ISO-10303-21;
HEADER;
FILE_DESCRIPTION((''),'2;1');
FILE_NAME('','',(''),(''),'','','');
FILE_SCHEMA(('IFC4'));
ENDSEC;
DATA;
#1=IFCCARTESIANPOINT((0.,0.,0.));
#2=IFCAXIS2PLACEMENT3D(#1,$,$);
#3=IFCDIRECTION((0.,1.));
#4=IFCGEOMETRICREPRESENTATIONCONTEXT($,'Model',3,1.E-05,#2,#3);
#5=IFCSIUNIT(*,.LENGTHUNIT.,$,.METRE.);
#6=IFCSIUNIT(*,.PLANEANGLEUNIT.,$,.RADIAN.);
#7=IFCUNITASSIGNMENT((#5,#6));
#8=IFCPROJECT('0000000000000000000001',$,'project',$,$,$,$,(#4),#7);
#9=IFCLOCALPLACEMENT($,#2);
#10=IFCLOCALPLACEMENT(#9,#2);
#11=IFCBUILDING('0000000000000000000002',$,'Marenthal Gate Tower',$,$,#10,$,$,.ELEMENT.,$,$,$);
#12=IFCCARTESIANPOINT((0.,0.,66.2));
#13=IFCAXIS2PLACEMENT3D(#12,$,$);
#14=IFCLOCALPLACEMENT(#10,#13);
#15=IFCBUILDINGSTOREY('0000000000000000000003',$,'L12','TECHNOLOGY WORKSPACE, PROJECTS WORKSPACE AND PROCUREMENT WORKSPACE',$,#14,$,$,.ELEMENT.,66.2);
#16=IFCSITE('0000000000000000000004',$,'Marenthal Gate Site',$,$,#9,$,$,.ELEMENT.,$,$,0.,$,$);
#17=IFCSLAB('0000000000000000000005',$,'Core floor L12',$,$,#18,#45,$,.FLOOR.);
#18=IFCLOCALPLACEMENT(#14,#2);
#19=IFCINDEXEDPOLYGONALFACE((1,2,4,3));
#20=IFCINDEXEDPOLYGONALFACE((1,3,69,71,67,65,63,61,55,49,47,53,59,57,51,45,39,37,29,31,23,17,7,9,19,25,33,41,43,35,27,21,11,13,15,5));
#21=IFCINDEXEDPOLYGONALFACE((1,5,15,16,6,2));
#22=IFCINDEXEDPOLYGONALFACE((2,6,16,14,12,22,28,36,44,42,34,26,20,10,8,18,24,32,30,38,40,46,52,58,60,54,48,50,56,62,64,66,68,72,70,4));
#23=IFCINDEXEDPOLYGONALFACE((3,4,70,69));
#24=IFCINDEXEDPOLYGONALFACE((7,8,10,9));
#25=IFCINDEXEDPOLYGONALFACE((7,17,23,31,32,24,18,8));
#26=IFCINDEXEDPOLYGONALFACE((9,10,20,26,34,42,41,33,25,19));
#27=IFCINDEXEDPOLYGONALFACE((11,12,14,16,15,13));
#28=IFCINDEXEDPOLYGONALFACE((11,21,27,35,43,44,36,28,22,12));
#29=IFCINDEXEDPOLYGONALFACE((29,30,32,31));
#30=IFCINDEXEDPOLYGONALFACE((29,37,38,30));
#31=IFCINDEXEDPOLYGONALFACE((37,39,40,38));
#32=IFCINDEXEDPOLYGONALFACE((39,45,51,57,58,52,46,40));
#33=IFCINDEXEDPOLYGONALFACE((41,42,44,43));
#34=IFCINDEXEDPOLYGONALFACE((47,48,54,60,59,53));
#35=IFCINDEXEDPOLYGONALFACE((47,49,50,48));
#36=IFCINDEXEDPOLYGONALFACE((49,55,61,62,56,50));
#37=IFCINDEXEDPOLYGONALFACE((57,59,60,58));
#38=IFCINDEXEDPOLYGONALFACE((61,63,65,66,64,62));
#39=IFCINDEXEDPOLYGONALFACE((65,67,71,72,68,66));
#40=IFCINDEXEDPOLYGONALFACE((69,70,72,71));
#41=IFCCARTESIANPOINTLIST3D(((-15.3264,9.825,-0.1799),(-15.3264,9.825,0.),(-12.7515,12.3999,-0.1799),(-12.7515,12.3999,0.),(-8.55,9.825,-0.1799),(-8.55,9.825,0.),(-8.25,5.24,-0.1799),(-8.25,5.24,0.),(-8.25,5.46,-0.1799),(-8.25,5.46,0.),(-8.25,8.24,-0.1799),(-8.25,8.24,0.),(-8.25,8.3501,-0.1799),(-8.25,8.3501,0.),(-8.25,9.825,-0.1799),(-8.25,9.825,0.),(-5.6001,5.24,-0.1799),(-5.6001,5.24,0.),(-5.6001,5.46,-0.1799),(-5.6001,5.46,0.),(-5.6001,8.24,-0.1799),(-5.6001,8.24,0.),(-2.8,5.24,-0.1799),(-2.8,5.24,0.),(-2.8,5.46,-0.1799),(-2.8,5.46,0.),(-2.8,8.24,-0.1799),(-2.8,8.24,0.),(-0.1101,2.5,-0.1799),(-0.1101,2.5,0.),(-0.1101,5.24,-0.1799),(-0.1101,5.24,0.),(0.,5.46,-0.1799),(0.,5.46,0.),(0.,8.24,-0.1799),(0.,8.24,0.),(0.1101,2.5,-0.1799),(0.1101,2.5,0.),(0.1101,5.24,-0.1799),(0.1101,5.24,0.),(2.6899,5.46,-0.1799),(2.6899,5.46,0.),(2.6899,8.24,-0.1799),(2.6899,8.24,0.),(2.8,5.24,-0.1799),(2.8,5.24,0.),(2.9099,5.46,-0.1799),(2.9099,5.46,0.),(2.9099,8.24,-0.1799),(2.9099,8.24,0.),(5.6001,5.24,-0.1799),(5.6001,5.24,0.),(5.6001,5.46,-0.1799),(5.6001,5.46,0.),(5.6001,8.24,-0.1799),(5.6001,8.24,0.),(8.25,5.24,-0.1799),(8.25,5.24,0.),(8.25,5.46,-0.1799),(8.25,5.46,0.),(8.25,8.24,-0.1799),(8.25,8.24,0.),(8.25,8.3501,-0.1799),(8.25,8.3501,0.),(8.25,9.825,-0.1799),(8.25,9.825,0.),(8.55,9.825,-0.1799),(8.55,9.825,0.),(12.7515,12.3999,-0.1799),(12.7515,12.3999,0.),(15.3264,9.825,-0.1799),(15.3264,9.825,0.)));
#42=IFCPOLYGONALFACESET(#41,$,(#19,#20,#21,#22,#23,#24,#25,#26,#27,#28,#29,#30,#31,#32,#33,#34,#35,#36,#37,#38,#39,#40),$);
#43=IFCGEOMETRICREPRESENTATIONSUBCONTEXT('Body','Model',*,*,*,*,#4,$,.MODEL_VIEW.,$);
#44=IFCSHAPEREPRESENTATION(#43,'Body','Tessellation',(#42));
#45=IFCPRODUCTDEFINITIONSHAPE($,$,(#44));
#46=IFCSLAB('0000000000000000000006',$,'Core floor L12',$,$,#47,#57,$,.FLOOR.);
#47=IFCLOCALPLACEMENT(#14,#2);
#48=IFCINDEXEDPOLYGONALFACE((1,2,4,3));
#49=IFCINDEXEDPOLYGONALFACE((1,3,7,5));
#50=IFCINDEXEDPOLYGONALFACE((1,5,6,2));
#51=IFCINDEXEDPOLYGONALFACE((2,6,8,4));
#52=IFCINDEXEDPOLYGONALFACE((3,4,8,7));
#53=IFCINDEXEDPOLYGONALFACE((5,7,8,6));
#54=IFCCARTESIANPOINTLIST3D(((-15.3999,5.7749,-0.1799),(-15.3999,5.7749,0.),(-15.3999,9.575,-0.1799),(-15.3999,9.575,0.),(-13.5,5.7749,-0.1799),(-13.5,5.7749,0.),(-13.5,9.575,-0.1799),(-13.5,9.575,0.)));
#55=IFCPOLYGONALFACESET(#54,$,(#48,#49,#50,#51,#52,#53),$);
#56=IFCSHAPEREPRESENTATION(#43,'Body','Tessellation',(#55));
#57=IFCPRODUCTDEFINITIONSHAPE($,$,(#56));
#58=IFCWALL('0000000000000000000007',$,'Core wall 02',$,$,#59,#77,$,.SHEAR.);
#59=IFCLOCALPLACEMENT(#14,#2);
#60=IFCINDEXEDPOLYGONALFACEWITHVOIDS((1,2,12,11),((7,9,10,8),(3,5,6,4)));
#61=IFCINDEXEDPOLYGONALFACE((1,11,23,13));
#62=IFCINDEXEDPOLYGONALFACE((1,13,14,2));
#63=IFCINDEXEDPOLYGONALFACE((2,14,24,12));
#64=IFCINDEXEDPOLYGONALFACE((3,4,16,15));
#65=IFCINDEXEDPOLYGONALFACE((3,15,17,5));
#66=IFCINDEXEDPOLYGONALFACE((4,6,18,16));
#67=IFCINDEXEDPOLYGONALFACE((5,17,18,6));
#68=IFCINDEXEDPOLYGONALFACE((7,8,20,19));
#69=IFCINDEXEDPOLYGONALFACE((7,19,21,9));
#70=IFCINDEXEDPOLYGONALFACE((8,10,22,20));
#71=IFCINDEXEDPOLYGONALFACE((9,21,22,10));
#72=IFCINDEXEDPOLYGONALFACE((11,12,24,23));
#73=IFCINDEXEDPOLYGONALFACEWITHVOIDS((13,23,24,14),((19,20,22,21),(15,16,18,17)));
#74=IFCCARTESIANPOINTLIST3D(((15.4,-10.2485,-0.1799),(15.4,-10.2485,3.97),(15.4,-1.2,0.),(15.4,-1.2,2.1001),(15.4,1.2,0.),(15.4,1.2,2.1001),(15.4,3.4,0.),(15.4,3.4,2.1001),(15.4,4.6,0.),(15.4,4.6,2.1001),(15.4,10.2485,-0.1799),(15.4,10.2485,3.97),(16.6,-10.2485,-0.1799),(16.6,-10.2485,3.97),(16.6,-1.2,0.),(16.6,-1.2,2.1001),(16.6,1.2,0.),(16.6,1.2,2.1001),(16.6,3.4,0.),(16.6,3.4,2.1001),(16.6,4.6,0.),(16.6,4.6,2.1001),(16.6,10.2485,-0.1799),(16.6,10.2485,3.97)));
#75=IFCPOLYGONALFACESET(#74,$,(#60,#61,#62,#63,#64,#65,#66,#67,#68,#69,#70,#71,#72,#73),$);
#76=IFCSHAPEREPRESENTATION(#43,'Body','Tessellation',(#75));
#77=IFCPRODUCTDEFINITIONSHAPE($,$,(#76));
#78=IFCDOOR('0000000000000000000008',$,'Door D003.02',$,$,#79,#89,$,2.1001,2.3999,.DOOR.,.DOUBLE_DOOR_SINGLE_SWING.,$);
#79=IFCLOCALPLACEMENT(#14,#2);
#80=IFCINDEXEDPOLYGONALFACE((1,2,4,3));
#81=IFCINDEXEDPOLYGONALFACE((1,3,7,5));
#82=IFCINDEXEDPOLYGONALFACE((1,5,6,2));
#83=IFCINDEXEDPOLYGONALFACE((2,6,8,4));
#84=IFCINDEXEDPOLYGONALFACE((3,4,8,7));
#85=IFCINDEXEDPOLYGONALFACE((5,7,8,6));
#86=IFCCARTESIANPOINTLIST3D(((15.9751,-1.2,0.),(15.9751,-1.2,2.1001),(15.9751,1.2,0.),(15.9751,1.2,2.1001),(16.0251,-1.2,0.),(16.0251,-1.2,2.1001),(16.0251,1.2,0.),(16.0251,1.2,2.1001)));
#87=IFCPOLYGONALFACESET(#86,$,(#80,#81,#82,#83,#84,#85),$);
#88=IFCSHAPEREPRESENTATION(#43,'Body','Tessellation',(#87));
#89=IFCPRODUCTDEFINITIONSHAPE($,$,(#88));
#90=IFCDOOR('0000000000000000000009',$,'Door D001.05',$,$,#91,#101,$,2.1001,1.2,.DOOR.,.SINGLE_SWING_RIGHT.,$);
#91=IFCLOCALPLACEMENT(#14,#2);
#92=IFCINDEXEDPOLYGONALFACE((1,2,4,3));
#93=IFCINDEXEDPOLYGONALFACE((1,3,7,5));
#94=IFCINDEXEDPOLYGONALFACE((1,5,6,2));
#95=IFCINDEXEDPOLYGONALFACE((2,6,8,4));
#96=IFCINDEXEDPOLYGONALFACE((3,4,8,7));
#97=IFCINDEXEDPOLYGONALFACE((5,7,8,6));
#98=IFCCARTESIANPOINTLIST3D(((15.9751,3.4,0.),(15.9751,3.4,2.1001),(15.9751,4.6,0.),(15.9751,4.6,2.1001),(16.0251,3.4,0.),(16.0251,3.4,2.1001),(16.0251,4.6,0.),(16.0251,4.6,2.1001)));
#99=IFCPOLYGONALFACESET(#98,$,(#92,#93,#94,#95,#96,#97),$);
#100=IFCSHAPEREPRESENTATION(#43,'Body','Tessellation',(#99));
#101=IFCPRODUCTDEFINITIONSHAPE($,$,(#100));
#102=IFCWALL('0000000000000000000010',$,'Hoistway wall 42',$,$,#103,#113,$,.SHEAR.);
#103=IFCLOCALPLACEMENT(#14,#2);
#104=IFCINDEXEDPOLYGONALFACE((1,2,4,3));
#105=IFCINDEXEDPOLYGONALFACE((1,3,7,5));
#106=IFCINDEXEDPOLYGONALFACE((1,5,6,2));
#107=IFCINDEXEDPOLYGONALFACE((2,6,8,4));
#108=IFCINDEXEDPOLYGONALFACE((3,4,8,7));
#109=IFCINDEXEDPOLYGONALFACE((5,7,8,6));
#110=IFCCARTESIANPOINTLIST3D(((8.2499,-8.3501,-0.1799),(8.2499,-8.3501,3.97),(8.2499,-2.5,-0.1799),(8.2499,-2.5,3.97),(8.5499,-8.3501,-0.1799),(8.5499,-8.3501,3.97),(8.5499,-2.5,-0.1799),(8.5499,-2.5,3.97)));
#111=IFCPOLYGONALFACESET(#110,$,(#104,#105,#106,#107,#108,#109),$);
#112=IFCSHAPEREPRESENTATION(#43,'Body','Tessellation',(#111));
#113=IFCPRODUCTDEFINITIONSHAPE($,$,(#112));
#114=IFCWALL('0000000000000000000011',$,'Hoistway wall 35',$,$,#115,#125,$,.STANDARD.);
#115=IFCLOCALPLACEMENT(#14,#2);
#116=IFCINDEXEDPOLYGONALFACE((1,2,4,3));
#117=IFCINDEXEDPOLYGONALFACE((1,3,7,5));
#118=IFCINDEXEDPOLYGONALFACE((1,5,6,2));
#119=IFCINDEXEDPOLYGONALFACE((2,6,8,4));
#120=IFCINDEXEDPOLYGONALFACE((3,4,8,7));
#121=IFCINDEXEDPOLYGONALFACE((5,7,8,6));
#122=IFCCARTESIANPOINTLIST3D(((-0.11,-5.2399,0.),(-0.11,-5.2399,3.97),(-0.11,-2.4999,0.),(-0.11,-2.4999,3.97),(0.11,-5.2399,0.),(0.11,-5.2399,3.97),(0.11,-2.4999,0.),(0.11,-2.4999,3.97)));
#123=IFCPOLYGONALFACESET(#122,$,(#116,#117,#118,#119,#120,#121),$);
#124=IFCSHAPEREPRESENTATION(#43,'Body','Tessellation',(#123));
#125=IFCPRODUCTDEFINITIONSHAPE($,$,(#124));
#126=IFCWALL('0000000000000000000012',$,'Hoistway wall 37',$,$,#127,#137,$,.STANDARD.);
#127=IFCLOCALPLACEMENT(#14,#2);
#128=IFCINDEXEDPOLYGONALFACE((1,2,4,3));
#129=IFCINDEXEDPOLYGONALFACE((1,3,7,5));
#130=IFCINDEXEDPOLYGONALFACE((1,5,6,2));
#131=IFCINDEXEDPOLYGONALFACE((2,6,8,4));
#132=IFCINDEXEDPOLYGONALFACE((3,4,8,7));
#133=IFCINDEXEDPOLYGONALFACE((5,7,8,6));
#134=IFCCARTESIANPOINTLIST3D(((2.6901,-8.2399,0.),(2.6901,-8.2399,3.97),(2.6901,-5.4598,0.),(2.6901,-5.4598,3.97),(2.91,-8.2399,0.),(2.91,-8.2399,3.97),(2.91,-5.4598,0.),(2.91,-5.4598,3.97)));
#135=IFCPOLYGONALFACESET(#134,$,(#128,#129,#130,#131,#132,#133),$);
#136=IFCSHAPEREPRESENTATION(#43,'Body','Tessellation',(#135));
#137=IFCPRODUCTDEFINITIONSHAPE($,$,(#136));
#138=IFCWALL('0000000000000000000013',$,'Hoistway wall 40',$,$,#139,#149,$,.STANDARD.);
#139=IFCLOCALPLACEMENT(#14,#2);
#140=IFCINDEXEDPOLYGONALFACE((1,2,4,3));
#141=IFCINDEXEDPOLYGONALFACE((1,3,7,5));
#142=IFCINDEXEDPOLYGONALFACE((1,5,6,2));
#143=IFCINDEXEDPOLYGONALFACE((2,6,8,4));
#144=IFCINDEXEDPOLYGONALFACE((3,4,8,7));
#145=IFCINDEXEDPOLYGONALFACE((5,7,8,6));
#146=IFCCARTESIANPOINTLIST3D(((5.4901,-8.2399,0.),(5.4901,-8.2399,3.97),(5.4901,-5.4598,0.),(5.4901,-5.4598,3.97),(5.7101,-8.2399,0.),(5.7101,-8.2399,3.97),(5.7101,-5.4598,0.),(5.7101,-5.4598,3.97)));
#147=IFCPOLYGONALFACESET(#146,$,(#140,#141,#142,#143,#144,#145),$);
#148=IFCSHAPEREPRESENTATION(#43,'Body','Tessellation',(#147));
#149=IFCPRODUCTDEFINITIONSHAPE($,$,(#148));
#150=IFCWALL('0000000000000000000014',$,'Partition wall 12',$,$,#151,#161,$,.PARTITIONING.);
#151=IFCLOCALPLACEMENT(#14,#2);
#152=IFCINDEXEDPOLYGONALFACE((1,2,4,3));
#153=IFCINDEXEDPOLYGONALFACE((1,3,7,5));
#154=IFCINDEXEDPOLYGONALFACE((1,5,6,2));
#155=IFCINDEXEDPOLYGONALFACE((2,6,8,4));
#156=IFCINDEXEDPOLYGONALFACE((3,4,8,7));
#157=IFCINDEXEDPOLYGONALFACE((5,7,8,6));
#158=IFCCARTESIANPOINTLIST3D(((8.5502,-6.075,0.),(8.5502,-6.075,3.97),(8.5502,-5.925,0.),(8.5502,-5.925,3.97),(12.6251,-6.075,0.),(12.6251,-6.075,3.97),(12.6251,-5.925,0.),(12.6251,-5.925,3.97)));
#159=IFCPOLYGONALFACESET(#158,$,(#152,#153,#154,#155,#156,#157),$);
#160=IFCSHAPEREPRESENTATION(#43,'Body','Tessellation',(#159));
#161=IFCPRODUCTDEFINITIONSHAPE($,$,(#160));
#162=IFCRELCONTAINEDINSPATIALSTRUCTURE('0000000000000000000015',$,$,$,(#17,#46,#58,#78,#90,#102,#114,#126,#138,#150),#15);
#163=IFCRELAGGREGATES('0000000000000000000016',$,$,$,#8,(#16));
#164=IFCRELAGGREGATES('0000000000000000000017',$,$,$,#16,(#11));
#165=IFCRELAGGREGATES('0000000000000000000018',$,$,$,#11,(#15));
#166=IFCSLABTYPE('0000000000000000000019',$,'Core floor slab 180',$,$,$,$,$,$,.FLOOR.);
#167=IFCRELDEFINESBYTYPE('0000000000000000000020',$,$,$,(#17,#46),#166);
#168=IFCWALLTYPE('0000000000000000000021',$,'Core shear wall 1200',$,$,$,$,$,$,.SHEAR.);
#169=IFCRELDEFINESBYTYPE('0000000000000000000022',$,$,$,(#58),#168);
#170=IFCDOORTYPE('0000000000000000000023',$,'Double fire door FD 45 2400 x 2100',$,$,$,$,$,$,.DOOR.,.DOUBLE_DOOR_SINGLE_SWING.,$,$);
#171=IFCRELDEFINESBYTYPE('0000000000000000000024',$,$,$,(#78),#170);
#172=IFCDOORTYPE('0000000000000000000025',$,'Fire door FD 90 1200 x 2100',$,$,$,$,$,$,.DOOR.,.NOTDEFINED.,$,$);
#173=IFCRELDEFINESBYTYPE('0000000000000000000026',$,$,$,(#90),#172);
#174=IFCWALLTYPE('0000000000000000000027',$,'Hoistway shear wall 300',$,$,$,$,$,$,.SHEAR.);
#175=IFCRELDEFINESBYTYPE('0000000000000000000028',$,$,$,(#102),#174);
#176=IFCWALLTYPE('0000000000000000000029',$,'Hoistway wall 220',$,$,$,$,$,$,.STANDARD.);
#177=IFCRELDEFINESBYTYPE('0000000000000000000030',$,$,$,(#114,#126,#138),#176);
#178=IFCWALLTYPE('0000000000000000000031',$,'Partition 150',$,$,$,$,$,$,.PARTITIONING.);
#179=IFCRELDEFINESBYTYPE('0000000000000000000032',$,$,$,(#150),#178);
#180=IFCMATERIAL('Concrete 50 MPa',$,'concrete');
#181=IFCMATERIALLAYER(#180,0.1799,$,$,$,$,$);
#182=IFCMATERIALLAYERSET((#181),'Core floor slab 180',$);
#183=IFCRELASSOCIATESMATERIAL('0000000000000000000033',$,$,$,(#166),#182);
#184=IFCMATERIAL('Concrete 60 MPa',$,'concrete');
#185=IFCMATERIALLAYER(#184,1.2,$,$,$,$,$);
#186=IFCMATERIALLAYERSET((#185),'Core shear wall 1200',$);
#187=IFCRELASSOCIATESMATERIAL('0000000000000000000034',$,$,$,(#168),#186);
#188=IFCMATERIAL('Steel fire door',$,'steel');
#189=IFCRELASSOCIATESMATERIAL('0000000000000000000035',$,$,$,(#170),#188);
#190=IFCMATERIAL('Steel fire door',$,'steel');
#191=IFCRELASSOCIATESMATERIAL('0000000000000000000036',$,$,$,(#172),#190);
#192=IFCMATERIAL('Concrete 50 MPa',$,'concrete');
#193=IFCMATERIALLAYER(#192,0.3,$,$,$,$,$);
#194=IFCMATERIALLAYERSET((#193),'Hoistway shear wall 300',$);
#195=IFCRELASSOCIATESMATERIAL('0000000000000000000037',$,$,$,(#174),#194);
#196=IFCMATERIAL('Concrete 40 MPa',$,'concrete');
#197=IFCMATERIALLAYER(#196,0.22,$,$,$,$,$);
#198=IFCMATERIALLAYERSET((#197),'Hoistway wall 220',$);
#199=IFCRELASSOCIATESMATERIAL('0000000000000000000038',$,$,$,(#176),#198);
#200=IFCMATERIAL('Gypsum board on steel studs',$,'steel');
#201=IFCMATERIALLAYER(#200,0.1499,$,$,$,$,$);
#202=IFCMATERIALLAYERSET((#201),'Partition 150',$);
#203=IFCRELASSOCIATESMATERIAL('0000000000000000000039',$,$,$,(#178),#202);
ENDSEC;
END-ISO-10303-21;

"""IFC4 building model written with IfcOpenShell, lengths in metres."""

from ifc_helpers import new_model, si_unit, direction, frame, frame_2d, origin, place, context, subcontext, project, spatial, polyline, rectangle, outline, extrude, material, layer, layer_set, type_object, element, fill, save


model = new_model("IFC4")

# Units and contexts
model_context = context("Model", 3, precision=1e-05, world=origin(), true_north=direction((0.0, 1.0)))
body_context = subcontext(model_context, "Body", "Model", "MODEL_VIEW")
ifc_project = project(units=[si_unit("LENGTHUNIT", "METRE"), si_unit("PLANEANGLEUNIT", "RADIAN")], contexts=[model_context])

# Site, building, storey
site_placement = place(None, origin())
site = spatial("IfcSite", under=ifc_project, at=site_placement, Name="Marenthal Gate Site", CompositionType="ELEMENT", RefElevation=0.0)
building_placement = place(site_placement, origin())
building = spatial("IfcBuilding", under=site, at=building_placement, Name="Marenthal Gate Tower", CompositionType="ELEMENT")
storey_placement = place(building_placement, frame((0.0, 0.0, 66.2)))
storey = spatial("IfcBuildingStorey", under=building, at=storey_placement, Name="L12", Description="TECHNOLOGY WORKSPACE, PROJECTS WORKSPACE AND PROCUREMENT WORKSPACE", CompositionType="ELEMENT", Elevation=66.2)

# Slabs
ifc_material_1 = material(Name="Concrete 50 MPa", Category="concrete")
ifc_layer_1 = layer(ifc_material_1, 0.1799)
ifc_layer_set_1 = layer_set([ifc_layer_1], Name="Core floor slab 180")
slab_type_1 = type_object("IfcSlabType", Name="Core floor slab 180", PredefinedType="FLOOR", material=ifc_layer_set_1)
slab_1_placement = place(storey_placement, frame((0.0, 0.0, -0.1799)))
element("IfcSlab", 1, at=slab_1_placement, inside=storey, type_object=slab_type_1, Name="Core floor L12", PredefinedType="FLOOR", context=body_context, shape_type="SweptSolid", body=[
    extrude(outline(polyline([(12.7515, 12.3999), (15.3264, 9.825), (8.55, 9.825), (8.25, 9.825), (8.25, 8.3501), (8.25, 8.24), (5.6001, 8.24), (2.9099, 8.24), (2.9099, 5.46), (5.6001, 5.46), (8.25, 5.46), (8.25, 5.24), (5.6001, 5.24), (2.8, 5.24), (0.1101, 5.24), (0.1101, 2.5), (-0.1101, 2.5), (-0.1101, 5.24), (-2.8, 5.24), (-5.6001, 5.24), (-8.25, 5.24), (-8.25, 5.46), (-5.6001, 5.46), (-2.8, 5.46), (0.0, 5.46), (2.6899, 5.46), (2.6899, 8.24), (0.0, 8.24), (-2.8, 8.24), (-5.6001, 8.24), (-8.25, 8.24), (-8.25, 8.3501), (-8.25, 9.825), (-8.55, 9.825), (-15.3264, 9.825), (-12.7515, 12.3999), (12.7515, 12.3999)])), origin(), (0.0, 0.0, 1.0), 0.1799),
])
slab_2_placement = place(storey_placement, frame((0.0, 0.0, -0.1799)))
element("IfcSlab", 2, at=slab_2_placement, inside=storey, type_object=slab_type_1, Name="Core floor L12", PredefinedType="FLOOR", context=body_context, shape_type="SweptSolid", body=[
    extrude(outline(polyline([(-15.3999, 9.575), (-13.5, 9.575), (-13.5, 5.7749), (-15.3999, 5.7749), (-15.3999, 9.575)])), origin(), (0.0, 0.0, 1.0), 0.1799),
])

# Wall, openings, doors
ifc_material_2 = material(Name="Concrete 60 MPa", Category="concrete")
ifc_layer_2 = layer(ifc_material_2, 1.2)
ifc_layer_set_2 = layer_set([ifc_layer_2], Name="Core shear wall 1200")
wall_type_1 = type_object("IfcWallType", Name="Core shear wall 1200", PredefinedType="SHEAR", material=ifc_layer_set_2)
wall_1_placement = place(storey_placement, frame((16.0, -10.2485, -0.1799), z_axis=(0.0, 0.0, 1.0), x_axis=(0.0, 1.0, 0.0)))
wall_1 = element("IfcWall", 3, at=wall_1_placement, inside=storey, type_object=wall_type_1, Name="Core wall 02", PredefinedType="SHEAR", context=body_context, shape_type="SweptSolid", body=[
    extrude(rectangle(XDim=20.4971, YDim=1.2, at=frame_2d((10.2485, 0.0))), origin(), (0.0, 0.0, 1.0), 4.1499),
])
opening_1_placement = place(wall_1_placement, frame((9.0486, 0.0, 0.1799)))
opening_1 = element("IfcOpeningElement", 4, at=opening_1_placement, cuts=wall_1, PredefinedType="OPENING", context=body_context, shape_type="SweptSolid", body=[
    extrude(rectangle(XDim=2.3999, YDim=2.1001, at=frame_2d((1.2, 1.05))), frame((0.0, 0.6099, 0.0), z_axis=(0.0, -1.0, 0.0), x_axis=(1.0, 0.0, 0.0)), (0.0, 0.0, 1.0), 1.22),
])
opening_2_placement = place(wall_1_placement, frame((13.6484, 0.0, 0.1799)))
opening_2 = element("IfcOpeningElement", 5, at=opening_2_placement, cuts=wall_1, PredefinedType="OPENING", context=body_context, shape_type="SweptSolid", body=[
    extrude(rectangle(XDim=1.2, YDim=2.1001, at=frame_2d((0.6001, 1.05))), frame((0.0, 0.6099, 0.0), z_axis=(0.0, -1.0, 0.0), x_axis=(1.0, 0.0, 0.0)), (0.0, 0.0, 1.0), 1.22),
])
ifc_material_3 = material(Name="Steel fire door", Category="steel")
door_type_1 = type_object("IfcDoorType", Name="Double fire door FD 45 2400 x 2100", OperationType="DOUBLE_DOOR_SINGLE_SWING", PredefinedType="DOOR", material=ifc_material_3)
door_1_placement = place(opening_1_placement, origin())
door_1 = element("IfcDoor", 6, at=door_1_placement, inside=storey, type_object=door_type_1, Name="Door D003.02", OperationType="DOUBLE_DOOR_SINGLE_SWING", OverallHeight=2.1001, OverallWidth=2.3999, PredefinedType="DOOR", context=body_context, shape_type="SweptSolid", body=[
    extrude(rectangle(XDim=2.3999, YDim=2.1001, at=frame_2d((1.2, 1.05))), frame((0.0, 0.0249, 0.0), z_axis=(0.0, -1.0, 0.0), x_axis=(1.0, 0.0, 0.0)), (0.0, 0.0, 1.0), 0.05),
])
fill(opening_1, door_1)
ifc_material_4 = material(Name="Steel fire door", Category="steel")
door_type_2 = type_object("IfcDoorType", Name="Fire door FD 90 1200 x 2100", OperationType="NOTDEFINED", PredefinedType="DOOR", material=ifc_material_4)
door_2_placement = place(opening_2_placement, origin())
door_2 = element("IfcDoor", 7, at=door_2_placement, inside=storey, type_object=door_type_2, Name="Door D001.05", OperationType="SINGLE_SWING_RIGHT", OverallHeight=2.1001, OverallWidth=1.2, PredefinedType="DOOR", context=body_context, shape_type="SweptSolid", body=[
    extrude(rectangle(XDim=1.2, YDim=2.1001, at=frame_2d((0.6001, 1.05))), frame((0.0, 0.0249, 0.0), z_axis=(0.0, -1.0, 0.0), x_axis=(1.0, 0.0, 0.0)), (0.0, 0.0, 1.0), 0.05),
])
fill(opening_2, door_2)

# Walls
ifc_material_5 = material(Name="Concrete 50 MPa", Category="concrete")
ifc_layer_3 = layer(ifc_material_5, 0.3)
ifc_layer_set_3 = layer_set([ifc_layer_3], Name="Hoistway shear wall 300")
wall_type_2 = type_object("IfcWallType", Name="Hoistway shear wall 300", PredefinedType="SHEAR", material=ifc_layer_set_3)
wall_2_placement = place(storey_placement, frame((8.3999, -8.3501, -0.1799), z_axis=(0.0, 0.0, 1.0), x_axis=(0.0, 1.0, 0.0)))
element("IfcWall", 8, at=wall_2_placement, inside=storey, type_object=wall_type_2, Name="Hoistway wall 42", PredefinedType="SHEAR", context=body_context, shape_type="SweptSolid", body=[
    extrude(rectangle(XDim=5.8501, YDim=0.3, at=frame_2d((2.925, 0.0))), origin(), (0.0, 0.0, 1.0), 4.1499),
])
ifc_material_6 = material(Name="Concrete 40 MPa", Category="concrete")
ifc_layer_4 = layer(ifc_material_6, 0.22)
ifc_layer_set_4 = layer_set([ifc_layer_4], Name="Hoistway wall 220")
wall_type_3 = type_object("IfcWallType", Name="Hoistway wall 220", PredefinedType="STANDARD", material=ifc_layer_set_4)
wall_3_placement = place(storey_placement, frame((0.0, -5.24, 0.0), z_axis=(0.0, 0.0, 1.0), x_axis=(0.0, 1.0, 0.0)))
element("IfcWall", 9, at=wall_3_placement, inside=storey, type_object=wall_type_3, Name="Hoistway wall 35", PredefinedType="STANDARD", context=body_context, shape_type="SweptSolid", body=[
    extrude(rectangle(XDim=2.74, YDim=0.22, at=frame_2d((1.3701, 0.0))), origin(), (0.0, 0.0, 1.0), 3.97),
])
for number, where, z_axis, x_axis, name in (
    (10, (2.8, -8.24, 0.0), (0.0, 0.0, 1.0), (0.0, 1.0, 0.0), "Hoistway wall 37"),
    (11, (5.6001, -8.24, 0.0), (0.0, 0.0, 1.0), (0.0, 1.0, 0.0), "Hoistway wall 40"),
):
    element("IfcWall", number, at=place(storey_placement, frame(where, z_axis=z_axis, x_axis=x_axis)), inside=storey, type_object=wall_type_3, Name=name, PredefinedType="STANDARD", context=body_context, shape_type="SweptSolid", body=[
        extrude(rectangle(XDim=2.78, YDim=0.22, at=frame_2d((1.3901, 0.0))), origin(), (0.0, 0.0, 1.0), 3.97),
    ])
ifc_material_7 = material(Name="Gypsum board on steel studs", Category="steel")
ifc_layer_5 = layer(ifc_material_7, 0.1499)
ifc_layer_set_5 = layer_set([ifc_layer_5], Name="Partition 150")
wall_type_4 = type_object("IfcWallType", Name="Partition 150", PredefinedType="PARTITIONING", material=ifc_layer_set_5)
wall_4_placement = place(storey_placement, frame((8.55, -6.0, 0.0), z_axis=(0.0, 0.0, 1.0), x_axis=(1.0, 0.0, 0.0)))
element("IfcWall", 12, at=wall_4_placement, inside=storey, type_object=wall_type_4, Name="Partition wall 12", PredefinedType="PARTITIONING", context=body_context, shape_type="SweptSolid", body=[
    extrude(rectangle(XDim=4.075, YDim=0.1499, at=frame_2d((2.0376, 0.0))), origin(), (0.0, 0.0, 1.0), 3.97),
])

save(model, "model.ifc")
